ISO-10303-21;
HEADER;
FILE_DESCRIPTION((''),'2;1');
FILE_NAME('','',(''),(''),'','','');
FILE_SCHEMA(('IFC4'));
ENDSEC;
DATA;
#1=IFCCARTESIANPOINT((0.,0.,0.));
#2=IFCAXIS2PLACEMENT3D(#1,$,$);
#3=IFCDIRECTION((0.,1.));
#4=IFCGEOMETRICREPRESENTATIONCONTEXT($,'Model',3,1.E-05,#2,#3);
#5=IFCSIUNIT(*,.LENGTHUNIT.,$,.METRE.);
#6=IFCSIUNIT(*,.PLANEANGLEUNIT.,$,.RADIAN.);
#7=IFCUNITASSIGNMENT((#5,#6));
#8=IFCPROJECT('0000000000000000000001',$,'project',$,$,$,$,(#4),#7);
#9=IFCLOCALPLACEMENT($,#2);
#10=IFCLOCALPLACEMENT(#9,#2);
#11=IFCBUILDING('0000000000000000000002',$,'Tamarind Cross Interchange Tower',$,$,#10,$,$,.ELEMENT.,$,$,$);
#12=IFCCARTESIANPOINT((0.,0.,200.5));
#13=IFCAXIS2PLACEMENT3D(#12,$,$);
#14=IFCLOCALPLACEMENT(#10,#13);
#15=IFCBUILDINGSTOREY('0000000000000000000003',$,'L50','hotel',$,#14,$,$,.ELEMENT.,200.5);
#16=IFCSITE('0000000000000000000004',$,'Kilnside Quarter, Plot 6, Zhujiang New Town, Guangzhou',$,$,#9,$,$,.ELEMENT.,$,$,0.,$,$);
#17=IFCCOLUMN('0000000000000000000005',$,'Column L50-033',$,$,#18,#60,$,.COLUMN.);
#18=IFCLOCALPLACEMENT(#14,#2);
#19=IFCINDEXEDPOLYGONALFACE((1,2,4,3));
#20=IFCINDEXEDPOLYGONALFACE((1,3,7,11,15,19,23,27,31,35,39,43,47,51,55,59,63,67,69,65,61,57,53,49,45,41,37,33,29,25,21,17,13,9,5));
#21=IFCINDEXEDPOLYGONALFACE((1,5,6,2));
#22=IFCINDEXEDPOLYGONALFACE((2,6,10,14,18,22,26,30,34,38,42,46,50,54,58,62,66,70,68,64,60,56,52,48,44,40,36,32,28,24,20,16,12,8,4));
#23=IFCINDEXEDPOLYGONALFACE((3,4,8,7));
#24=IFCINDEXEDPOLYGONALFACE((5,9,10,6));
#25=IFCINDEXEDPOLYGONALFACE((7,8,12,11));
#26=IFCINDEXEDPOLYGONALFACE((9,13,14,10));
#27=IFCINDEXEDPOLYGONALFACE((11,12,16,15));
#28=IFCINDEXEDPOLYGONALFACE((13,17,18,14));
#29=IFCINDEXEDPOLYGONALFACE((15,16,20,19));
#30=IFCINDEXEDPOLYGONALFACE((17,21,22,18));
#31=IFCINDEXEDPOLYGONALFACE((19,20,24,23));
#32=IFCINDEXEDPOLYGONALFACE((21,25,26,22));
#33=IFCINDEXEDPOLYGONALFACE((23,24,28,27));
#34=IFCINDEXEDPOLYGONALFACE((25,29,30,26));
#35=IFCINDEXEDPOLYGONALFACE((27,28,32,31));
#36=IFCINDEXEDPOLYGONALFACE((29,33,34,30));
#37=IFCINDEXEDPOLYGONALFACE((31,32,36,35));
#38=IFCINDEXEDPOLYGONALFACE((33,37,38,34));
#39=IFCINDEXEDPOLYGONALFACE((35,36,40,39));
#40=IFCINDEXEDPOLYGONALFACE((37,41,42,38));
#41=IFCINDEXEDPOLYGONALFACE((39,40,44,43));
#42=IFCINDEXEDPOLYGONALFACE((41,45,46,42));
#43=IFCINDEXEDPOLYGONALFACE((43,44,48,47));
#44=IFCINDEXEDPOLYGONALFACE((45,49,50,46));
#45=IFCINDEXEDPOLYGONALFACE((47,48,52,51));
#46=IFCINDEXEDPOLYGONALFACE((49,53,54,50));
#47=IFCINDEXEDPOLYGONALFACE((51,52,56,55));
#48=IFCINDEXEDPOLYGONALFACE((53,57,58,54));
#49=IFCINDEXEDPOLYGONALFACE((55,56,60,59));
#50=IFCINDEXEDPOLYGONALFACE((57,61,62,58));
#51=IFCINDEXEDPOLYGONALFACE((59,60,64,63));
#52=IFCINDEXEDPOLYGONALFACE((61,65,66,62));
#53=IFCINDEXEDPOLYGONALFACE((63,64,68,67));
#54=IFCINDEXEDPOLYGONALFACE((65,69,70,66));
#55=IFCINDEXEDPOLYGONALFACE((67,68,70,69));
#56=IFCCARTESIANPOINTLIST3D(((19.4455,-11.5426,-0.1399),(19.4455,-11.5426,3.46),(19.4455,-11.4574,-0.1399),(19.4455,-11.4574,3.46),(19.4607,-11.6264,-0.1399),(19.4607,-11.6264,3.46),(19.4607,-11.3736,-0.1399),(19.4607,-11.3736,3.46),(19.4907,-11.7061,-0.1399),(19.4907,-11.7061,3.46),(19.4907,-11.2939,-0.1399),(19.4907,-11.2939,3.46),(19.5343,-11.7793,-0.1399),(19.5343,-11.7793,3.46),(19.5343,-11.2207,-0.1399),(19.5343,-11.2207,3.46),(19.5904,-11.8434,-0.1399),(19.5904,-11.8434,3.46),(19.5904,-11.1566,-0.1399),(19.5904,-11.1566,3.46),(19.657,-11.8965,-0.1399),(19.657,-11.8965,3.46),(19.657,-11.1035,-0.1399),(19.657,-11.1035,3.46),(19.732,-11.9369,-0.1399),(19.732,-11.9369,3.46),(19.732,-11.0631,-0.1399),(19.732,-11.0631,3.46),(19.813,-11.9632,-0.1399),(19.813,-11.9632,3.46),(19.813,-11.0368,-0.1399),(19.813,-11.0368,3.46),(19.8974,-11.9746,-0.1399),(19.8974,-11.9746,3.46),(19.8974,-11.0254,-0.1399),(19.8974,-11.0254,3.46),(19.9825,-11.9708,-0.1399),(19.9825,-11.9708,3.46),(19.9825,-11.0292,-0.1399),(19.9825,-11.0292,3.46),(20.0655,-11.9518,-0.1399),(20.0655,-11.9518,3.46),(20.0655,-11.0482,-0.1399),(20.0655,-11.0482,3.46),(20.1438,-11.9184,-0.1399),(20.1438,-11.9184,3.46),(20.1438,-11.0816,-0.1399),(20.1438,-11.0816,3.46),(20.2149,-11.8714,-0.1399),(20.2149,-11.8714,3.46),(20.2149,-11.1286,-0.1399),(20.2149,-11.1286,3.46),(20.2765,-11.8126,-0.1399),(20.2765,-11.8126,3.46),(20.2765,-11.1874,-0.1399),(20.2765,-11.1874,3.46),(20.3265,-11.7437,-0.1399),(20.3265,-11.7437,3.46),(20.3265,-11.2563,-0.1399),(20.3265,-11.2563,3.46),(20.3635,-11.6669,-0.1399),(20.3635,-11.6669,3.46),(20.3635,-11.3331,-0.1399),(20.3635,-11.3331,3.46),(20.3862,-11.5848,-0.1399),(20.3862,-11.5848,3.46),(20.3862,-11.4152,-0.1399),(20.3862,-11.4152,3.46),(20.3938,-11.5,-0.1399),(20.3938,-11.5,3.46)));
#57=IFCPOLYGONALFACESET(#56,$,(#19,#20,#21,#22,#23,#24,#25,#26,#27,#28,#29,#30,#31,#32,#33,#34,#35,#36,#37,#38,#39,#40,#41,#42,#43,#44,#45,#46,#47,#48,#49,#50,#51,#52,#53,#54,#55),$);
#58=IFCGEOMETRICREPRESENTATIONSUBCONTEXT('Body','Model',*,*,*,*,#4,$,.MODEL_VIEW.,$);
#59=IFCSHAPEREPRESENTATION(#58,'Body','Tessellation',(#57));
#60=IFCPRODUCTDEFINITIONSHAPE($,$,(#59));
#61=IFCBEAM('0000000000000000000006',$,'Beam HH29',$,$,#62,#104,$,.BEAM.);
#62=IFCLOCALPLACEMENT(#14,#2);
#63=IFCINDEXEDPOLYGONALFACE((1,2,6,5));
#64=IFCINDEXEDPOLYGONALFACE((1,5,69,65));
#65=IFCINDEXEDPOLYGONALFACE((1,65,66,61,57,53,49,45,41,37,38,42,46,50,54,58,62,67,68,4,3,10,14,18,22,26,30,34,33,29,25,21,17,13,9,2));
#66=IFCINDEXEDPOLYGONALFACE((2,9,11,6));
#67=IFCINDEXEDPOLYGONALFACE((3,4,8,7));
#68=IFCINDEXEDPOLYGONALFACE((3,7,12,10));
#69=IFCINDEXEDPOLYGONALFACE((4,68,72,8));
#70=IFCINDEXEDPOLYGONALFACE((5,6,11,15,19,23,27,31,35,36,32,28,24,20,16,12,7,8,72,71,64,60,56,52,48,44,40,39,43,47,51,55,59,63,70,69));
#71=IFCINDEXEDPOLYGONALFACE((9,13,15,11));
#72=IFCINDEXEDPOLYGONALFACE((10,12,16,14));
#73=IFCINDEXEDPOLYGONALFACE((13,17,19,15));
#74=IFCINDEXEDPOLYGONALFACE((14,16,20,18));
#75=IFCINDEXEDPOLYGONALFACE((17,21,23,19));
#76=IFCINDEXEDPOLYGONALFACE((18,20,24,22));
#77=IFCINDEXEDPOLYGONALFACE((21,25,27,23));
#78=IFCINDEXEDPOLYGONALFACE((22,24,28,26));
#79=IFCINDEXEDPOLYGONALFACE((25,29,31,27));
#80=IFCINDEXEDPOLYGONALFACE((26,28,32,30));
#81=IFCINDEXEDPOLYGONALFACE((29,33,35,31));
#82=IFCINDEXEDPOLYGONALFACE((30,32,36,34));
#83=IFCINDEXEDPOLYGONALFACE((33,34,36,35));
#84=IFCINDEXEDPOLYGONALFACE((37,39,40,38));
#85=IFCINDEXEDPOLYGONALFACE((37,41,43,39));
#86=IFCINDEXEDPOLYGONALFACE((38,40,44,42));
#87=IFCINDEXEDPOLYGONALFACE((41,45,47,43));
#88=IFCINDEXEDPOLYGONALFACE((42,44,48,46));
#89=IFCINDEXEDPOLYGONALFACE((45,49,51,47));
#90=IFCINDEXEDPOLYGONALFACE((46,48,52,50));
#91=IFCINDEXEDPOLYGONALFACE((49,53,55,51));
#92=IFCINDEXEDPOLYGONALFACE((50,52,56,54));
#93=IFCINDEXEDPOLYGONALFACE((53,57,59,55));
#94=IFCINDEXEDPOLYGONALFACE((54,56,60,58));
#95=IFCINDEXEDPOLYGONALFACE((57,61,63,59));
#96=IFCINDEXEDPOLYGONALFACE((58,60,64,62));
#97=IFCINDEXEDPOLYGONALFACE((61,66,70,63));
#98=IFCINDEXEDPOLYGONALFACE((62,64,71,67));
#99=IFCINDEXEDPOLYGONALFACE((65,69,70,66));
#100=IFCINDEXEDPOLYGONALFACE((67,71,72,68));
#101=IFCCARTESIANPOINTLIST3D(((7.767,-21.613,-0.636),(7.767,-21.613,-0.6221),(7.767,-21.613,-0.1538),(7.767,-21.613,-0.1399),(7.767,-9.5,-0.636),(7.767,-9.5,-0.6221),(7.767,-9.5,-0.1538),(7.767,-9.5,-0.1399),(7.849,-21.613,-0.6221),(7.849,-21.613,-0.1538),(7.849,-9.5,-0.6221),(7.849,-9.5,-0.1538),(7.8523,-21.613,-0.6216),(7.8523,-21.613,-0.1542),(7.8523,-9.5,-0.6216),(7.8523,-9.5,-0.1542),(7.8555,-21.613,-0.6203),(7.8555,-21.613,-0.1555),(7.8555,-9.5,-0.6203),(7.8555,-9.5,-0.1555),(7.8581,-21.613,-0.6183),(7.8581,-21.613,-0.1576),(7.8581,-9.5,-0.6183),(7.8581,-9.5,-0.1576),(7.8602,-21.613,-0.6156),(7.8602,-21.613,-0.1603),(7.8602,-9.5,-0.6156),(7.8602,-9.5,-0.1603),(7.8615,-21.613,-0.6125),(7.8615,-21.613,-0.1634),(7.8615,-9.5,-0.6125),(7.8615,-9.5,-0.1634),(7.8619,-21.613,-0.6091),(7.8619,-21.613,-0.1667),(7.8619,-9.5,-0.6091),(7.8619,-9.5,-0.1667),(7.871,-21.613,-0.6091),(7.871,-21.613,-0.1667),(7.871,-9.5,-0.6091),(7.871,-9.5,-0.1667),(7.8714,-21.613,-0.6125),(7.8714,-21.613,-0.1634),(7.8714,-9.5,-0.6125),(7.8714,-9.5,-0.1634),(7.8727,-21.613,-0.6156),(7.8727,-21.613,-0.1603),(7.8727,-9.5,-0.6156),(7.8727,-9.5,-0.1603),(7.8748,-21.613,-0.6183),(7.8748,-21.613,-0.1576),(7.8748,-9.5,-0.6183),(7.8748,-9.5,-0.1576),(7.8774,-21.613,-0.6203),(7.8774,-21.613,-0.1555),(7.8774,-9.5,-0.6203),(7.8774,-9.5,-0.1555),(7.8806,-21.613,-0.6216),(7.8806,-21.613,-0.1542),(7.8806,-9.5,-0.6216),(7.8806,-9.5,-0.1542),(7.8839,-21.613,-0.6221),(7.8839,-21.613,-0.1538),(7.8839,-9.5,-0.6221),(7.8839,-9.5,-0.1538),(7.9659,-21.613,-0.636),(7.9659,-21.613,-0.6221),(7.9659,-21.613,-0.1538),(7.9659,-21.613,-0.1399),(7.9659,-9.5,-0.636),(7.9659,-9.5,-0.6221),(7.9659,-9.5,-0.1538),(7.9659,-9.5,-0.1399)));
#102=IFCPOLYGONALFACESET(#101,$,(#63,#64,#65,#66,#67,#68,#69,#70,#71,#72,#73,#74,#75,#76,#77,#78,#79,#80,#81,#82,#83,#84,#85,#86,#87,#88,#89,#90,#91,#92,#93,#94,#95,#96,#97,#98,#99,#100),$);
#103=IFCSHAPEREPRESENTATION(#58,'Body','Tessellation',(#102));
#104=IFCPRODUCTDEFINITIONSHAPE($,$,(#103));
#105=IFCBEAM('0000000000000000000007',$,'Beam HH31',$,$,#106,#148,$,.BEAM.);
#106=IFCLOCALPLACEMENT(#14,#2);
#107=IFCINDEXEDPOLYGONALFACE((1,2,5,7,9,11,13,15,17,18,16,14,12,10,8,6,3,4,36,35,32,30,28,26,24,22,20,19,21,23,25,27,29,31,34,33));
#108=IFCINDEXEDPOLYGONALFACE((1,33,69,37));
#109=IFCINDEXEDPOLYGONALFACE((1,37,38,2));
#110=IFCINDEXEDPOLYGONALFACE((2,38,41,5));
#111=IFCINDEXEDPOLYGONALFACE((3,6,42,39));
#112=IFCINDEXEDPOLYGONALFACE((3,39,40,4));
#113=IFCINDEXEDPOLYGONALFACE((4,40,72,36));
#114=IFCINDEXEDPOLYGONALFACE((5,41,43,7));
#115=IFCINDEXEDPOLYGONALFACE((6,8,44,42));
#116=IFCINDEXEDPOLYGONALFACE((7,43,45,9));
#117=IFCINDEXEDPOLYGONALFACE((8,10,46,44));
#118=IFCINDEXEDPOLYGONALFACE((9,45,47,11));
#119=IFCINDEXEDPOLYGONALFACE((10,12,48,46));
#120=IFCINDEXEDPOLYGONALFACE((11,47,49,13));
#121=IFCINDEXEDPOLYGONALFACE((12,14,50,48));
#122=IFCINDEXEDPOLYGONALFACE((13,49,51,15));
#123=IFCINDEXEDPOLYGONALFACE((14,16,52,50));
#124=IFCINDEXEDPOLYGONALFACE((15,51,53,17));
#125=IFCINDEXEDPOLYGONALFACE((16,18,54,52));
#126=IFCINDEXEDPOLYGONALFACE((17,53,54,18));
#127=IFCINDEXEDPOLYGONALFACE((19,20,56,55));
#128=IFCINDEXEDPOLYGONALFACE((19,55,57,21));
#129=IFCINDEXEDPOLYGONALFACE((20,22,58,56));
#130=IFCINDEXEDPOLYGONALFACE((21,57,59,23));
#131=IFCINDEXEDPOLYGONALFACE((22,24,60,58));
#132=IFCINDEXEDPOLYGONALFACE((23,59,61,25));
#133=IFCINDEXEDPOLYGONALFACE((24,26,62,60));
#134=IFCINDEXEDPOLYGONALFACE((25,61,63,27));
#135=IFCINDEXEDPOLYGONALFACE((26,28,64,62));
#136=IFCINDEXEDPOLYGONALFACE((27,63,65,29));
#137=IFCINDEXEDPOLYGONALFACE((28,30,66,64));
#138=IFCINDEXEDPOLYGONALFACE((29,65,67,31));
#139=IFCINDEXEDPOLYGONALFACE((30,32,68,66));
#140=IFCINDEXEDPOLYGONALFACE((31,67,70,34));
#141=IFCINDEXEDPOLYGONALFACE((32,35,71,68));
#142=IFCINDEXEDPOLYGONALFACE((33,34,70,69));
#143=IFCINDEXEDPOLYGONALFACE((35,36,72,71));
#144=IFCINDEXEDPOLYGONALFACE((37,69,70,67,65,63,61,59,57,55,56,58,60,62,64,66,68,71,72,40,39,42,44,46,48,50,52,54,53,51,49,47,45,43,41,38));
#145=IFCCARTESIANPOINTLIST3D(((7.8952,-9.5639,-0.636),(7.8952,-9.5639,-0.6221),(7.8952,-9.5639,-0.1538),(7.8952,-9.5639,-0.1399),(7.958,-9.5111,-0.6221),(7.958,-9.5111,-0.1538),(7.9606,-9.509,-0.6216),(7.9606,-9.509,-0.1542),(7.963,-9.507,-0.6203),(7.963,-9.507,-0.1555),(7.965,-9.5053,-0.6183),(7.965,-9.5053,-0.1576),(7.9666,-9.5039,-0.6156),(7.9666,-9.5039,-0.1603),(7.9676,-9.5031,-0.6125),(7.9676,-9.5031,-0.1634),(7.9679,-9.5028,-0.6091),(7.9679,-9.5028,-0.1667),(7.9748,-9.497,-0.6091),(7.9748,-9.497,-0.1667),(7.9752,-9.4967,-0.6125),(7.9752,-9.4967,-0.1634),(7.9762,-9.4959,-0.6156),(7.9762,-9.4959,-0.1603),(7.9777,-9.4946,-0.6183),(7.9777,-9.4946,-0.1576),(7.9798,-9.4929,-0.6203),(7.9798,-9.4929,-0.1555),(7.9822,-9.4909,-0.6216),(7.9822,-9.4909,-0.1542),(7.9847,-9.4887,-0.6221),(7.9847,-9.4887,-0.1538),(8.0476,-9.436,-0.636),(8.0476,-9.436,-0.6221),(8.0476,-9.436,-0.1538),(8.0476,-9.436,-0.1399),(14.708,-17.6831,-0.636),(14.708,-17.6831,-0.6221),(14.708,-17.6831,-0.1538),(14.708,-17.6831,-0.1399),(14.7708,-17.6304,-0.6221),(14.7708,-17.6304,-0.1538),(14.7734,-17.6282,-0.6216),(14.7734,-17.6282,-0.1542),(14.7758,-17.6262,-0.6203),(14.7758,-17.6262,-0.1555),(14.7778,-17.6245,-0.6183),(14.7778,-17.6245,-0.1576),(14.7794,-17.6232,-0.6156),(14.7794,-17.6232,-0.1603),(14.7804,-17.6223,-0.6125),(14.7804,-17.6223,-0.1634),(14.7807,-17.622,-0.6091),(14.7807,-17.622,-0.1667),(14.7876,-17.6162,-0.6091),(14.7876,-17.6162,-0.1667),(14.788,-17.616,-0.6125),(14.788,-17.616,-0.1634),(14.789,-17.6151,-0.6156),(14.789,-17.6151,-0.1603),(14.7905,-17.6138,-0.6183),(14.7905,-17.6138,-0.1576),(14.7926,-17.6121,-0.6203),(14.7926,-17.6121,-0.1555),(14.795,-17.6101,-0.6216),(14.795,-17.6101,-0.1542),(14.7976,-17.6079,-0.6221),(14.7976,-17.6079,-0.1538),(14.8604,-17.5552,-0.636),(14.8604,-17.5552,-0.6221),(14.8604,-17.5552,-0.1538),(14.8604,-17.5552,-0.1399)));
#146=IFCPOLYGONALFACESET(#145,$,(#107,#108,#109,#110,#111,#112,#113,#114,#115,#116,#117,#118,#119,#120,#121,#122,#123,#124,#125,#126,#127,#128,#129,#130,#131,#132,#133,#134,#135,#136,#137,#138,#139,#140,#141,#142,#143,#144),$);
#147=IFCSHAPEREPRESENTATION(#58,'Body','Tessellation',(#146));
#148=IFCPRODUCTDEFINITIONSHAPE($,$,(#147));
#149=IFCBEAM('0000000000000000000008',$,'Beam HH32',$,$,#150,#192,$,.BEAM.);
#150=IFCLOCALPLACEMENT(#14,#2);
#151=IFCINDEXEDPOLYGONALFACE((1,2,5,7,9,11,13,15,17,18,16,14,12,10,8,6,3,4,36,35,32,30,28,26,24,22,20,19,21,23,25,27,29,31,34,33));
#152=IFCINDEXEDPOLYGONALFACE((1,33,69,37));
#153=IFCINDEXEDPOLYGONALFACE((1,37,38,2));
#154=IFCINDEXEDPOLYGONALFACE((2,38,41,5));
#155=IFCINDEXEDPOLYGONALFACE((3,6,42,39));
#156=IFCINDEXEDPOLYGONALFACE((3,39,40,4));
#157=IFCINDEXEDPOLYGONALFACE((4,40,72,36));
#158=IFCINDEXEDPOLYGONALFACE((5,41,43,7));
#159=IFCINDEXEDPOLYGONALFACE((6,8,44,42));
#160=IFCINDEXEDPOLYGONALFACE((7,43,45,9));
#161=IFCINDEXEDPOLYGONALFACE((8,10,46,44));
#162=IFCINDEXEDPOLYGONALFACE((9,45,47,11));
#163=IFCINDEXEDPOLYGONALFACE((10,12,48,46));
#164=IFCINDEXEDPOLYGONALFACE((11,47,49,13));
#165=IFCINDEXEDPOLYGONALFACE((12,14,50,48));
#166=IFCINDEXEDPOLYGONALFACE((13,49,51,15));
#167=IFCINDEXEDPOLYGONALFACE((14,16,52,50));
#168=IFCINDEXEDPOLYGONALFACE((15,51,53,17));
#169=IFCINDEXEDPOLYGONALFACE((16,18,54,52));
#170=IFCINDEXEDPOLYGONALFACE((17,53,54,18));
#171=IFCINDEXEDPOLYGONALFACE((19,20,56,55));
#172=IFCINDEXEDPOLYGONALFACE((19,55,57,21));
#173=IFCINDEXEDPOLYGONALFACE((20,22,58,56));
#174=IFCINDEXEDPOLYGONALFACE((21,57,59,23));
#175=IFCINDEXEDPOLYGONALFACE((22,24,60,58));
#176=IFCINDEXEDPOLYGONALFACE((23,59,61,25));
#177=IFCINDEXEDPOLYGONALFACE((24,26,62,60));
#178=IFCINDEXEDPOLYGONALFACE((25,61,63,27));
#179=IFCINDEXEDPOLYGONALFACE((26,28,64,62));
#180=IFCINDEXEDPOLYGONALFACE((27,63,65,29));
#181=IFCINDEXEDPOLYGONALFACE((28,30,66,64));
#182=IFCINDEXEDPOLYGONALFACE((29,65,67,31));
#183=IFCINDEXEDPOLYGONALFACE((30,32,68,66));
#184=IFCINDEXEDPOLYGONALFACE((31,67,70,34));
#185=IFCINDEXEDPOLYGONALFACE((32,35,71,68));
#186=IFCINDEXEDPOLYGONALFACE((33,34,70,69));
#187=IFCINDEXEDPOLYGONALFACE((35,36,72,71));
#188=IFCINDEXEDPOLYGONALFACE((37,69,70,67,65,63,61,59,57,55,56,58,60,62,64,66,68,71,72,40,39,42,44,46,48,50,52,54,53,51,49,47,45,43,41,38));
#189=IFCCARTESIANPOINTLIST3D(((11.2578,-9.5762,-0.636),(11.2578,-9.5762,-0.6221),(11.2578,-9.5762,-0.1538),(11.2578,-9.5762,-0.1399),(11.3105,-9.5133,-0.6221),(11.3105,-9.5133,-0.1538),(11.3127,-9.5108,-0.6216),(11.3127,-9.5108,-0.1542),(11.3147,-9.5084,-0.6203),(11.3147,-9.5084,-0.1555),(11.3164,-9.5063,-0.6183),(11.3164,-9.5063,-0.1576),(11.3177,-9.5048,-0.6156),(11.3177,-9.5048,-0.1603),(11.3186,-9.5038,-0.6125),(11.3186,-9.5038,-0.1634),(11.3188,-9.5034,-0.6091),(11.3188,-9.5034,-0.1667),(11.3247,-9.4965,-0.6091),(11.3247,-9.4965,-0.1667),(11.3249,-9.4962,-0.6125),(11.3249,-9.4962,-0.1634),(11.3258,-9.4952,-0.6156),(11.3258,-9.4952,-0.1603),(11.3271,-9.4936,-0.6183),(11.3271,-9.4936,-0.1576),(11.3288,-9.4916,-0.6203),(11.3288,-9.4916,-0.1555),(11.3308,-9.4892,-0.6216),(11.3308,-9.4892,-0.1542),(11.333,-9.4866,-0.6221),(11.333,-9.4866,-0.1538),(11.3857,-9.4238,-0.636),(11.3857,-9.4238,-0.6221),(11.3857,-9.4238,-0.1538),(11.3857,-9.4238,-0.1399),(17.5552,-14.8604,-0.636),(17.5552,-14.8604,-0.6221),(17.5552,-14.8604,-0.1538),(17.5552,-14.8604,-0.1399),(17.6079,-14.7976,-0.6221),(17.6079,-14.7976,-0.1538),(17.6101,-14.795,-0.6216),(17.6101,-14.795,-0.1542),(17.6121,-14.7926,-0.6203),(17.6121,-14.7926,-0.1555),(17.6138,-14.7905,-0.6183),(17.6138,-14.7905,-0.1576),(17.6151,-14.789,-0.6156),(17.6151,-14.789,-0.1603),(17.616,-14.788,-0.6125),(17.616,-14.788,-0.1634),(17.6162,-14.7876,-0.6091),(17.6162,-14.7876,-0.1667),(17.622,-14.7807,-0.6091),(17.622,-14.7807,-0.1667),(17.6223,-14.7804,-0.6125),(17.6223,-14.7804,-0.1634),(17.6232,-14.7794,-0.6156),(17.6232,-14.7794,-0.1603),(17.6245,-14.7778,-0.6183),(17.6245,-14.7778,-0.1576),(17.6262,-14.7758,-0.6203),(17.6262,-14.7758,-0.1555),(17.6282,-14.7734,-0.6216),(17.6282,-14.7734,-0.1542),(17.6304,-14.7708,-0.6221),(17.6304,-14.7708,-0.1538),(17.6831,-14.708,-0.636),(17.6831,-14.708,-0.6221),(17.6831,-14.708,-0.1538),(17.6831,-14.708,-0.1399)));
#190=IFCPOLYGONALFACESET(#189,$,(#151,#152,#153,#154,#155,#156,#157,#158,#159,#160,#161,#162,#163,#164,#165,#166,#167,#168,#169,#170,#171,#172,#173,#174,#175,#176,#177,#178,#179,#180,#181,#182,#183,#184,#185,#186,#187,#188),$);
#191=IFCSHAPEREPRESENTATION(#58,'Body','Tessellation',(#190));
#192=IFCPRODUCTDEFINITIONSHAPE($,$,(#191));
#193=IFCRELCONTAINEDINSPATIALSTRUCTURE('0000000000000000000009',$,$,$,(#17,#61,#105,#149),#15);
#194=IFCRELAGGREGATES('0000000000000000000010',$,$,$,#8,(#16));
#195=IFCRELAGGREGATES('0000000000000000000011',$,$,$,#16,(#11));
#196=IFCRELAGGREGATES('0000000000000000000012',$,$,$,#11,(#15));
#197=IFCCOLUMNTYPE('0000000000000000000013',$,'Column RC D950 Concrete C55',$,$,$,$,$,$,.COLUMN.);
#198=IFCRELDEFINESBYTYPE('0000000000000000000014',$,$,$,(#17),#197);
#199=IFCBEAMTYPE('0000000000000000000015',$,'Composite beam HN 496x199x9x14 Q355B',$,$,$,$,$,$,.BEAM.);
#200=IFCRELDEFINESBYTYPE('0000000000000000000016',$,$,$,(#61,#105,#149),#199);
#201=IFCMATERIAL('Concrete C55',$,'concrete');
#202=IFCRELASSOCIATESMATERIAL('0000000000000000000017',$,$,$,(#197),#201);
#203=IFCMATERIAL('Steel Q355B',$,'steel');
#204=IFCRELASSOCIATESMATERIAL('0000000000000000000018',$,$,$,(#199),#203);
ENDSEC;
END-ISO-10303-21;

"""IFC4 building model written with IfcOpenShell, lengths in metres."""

from ifc_helpers import new_model, si_unit, direction, frame, origin, origin_2d, place, context, subcontext, project, spatial, circle, i_section, extrude, material, material_profile, profile_set, type_object, element, save


model = new_model("IFC4")

# Units and contexts
model_context = context("Model", 3, precision=1e-05, world=origin(), true_north=direction((0.0, 1.0)))
body_context = subcontext(model_context, "Body", "Model", "MODEL_VIEW")
ifc_project = project(units=[si_unit("LENGTHUNIT", "METRE"), si_unit("PLANEANGLEUNIT", "RADIAN")], contexts=[model_context])

# Site, building, storey
site_placement = place(None, origin())
site = spatial("IfcSite", under=ifc_project, at=site_placement, Name="Kilnside Quarter, Plot 6, Zhujiang New Town, Guangzhou", CompositionType="ELEMENT", RefElevation=0.0)
building_placement = place(site_placement, origin())
building = spatial("IfcBuilding", under=site, at=building_placement, Name="Tamarind Cross Interchange Tower", CompositionType="ELEMENT")
storey_placement = place(building_placement, frame((0.0, 0.0, 200.5)))
storey = spatial("IfcBuildingStorey", under=building, at=storey_placement, Name="L50", Description="hotel", CompositionType="ELEMENT", Elevation=200.5)

# Column
ifc_material_1 = material(Name="Concrete C55", Category="concrete")
ifc_material_profile_1 = material_profile(ifc_material_1, circle(Radius=0.4751, at=origin_2d()), Name="RC D950")
ifc_profile_set_1 = profile_set([ifc_material_profile_1], Name="Concrete C55")
column_type = type_object("IfcColumnType", Name="Column RC D950 Concrete C55", PredefinedType="COLUMN", material=ifc_profile_set_1)
for number, where, z_axis, x_axis, name in (
    (1, (19.9187, -11.5, -0.1399), (0.0, 0.0, 1.0), (1.0, 0.0, 0.0), "Column L50-033"),
):
    element("IfcColumn", number, at=place(storey_placement, frame(where, z_axis=z_axis, x_axis=x_axis)), inside=storey, type_object=column_type, Name=name, PredefinedType="COLUMN", context=body_context, shape_type="SweptSolid", body=[
        extrude(circle(Radius=0.4751, at=origin_2d()), origin(), (0.0, 0.0, 1.0), 3.5999),
    ])

# Beams
ifc_material_2 = material(Name="Steel Q355B", Category="steel")
ifc_material_profile_2 = material_profile(ifc_material_2, i_section(OverallWidth=0.199, OverallDepth=0.4961, WebThickness=0.009, FlangeThickness=0.0139, FilletRadius=0.0129, at=origin_2d()), Name="HN 496x199x9x14")
ifc_profile_set_2 = profile_set([ifc_material_profile_2], Name="Steel Q355B")
beam_type = type_object("IfcBeamType", Name="Composite beam HN 496x199x9x14 Q355B", PredefinedType="BEAM", material=ifc_profile_set_2)
beam_1_placement = place(storey_placement, frame((7.8665, -21.613, -0.3879), z_axis=(0.0, 1.0, 0.0), x_axis=(-1.0, 0.0, 0.0)))
element("IfcBeam", 2, at=beam_1_placement, inside=storey, type_object=beam_type, Name="Beam HH29", PredefinedType="BEAM", context=body_context, shape_type="SweptSolid", body=[
    extrude(i_section(OverallWidth=0.199, OverallDepth=0.4961, WebThickness=0.009, FlangeThickness=0.0139, FilletRadius=0.0129, at=origin_2d()), origin(), (0.0, 0.0, 1.0), 12.113),
])
beam_2_placement = place(storey_placement, frame((14.7842, -17.6191, -0.3879), z_axis=(-0.642786, 0.766046, 0.0), x_axis=(-0.766046, -0.642786, 0.0)))
element("IfcBeam", 3, at=beam_2_placement, inside=storey, type_object=beam_type, Name="Beam HH31", PredefinedType="BEAM", context=body_context, shape_type="SweptSolid", body=[
    extrude(i_section(OverallWidth=0.199, OverallDepth=0.4961, WebThickness=0.009, FlangeThickness=0.0139, FilletRadius=0.0129, at=origin_2d()), origin(), (0.0, 0.0, 1.0), 10.5989),
])
beam_3_placement = place(storey_placement, frame((17.6191, -14.7842, -0.3879), z_axis=(-0.766041, 0.642792, 0.0), x_axis=(-0.642792, -0.766041, 0.0)))
element("IfcBeam", 4, at=beam_3_placement, inside=storey, type_object=beam_type, Name="Beam HH32", PredefinedType="BEAM", context=body_context, shape_type="SweptSolid", body=[
    extrude(i_section(OverallWidth=0.199, OverallDepth=0.4961, WebThickness=0.009, FlangeThickness=0.0139, FilletRadius=0.0129, at=origin_2d()), origin(), (0.0, 0.0, 1.0), 8.2207),
])

save(model, "model.ifc")
